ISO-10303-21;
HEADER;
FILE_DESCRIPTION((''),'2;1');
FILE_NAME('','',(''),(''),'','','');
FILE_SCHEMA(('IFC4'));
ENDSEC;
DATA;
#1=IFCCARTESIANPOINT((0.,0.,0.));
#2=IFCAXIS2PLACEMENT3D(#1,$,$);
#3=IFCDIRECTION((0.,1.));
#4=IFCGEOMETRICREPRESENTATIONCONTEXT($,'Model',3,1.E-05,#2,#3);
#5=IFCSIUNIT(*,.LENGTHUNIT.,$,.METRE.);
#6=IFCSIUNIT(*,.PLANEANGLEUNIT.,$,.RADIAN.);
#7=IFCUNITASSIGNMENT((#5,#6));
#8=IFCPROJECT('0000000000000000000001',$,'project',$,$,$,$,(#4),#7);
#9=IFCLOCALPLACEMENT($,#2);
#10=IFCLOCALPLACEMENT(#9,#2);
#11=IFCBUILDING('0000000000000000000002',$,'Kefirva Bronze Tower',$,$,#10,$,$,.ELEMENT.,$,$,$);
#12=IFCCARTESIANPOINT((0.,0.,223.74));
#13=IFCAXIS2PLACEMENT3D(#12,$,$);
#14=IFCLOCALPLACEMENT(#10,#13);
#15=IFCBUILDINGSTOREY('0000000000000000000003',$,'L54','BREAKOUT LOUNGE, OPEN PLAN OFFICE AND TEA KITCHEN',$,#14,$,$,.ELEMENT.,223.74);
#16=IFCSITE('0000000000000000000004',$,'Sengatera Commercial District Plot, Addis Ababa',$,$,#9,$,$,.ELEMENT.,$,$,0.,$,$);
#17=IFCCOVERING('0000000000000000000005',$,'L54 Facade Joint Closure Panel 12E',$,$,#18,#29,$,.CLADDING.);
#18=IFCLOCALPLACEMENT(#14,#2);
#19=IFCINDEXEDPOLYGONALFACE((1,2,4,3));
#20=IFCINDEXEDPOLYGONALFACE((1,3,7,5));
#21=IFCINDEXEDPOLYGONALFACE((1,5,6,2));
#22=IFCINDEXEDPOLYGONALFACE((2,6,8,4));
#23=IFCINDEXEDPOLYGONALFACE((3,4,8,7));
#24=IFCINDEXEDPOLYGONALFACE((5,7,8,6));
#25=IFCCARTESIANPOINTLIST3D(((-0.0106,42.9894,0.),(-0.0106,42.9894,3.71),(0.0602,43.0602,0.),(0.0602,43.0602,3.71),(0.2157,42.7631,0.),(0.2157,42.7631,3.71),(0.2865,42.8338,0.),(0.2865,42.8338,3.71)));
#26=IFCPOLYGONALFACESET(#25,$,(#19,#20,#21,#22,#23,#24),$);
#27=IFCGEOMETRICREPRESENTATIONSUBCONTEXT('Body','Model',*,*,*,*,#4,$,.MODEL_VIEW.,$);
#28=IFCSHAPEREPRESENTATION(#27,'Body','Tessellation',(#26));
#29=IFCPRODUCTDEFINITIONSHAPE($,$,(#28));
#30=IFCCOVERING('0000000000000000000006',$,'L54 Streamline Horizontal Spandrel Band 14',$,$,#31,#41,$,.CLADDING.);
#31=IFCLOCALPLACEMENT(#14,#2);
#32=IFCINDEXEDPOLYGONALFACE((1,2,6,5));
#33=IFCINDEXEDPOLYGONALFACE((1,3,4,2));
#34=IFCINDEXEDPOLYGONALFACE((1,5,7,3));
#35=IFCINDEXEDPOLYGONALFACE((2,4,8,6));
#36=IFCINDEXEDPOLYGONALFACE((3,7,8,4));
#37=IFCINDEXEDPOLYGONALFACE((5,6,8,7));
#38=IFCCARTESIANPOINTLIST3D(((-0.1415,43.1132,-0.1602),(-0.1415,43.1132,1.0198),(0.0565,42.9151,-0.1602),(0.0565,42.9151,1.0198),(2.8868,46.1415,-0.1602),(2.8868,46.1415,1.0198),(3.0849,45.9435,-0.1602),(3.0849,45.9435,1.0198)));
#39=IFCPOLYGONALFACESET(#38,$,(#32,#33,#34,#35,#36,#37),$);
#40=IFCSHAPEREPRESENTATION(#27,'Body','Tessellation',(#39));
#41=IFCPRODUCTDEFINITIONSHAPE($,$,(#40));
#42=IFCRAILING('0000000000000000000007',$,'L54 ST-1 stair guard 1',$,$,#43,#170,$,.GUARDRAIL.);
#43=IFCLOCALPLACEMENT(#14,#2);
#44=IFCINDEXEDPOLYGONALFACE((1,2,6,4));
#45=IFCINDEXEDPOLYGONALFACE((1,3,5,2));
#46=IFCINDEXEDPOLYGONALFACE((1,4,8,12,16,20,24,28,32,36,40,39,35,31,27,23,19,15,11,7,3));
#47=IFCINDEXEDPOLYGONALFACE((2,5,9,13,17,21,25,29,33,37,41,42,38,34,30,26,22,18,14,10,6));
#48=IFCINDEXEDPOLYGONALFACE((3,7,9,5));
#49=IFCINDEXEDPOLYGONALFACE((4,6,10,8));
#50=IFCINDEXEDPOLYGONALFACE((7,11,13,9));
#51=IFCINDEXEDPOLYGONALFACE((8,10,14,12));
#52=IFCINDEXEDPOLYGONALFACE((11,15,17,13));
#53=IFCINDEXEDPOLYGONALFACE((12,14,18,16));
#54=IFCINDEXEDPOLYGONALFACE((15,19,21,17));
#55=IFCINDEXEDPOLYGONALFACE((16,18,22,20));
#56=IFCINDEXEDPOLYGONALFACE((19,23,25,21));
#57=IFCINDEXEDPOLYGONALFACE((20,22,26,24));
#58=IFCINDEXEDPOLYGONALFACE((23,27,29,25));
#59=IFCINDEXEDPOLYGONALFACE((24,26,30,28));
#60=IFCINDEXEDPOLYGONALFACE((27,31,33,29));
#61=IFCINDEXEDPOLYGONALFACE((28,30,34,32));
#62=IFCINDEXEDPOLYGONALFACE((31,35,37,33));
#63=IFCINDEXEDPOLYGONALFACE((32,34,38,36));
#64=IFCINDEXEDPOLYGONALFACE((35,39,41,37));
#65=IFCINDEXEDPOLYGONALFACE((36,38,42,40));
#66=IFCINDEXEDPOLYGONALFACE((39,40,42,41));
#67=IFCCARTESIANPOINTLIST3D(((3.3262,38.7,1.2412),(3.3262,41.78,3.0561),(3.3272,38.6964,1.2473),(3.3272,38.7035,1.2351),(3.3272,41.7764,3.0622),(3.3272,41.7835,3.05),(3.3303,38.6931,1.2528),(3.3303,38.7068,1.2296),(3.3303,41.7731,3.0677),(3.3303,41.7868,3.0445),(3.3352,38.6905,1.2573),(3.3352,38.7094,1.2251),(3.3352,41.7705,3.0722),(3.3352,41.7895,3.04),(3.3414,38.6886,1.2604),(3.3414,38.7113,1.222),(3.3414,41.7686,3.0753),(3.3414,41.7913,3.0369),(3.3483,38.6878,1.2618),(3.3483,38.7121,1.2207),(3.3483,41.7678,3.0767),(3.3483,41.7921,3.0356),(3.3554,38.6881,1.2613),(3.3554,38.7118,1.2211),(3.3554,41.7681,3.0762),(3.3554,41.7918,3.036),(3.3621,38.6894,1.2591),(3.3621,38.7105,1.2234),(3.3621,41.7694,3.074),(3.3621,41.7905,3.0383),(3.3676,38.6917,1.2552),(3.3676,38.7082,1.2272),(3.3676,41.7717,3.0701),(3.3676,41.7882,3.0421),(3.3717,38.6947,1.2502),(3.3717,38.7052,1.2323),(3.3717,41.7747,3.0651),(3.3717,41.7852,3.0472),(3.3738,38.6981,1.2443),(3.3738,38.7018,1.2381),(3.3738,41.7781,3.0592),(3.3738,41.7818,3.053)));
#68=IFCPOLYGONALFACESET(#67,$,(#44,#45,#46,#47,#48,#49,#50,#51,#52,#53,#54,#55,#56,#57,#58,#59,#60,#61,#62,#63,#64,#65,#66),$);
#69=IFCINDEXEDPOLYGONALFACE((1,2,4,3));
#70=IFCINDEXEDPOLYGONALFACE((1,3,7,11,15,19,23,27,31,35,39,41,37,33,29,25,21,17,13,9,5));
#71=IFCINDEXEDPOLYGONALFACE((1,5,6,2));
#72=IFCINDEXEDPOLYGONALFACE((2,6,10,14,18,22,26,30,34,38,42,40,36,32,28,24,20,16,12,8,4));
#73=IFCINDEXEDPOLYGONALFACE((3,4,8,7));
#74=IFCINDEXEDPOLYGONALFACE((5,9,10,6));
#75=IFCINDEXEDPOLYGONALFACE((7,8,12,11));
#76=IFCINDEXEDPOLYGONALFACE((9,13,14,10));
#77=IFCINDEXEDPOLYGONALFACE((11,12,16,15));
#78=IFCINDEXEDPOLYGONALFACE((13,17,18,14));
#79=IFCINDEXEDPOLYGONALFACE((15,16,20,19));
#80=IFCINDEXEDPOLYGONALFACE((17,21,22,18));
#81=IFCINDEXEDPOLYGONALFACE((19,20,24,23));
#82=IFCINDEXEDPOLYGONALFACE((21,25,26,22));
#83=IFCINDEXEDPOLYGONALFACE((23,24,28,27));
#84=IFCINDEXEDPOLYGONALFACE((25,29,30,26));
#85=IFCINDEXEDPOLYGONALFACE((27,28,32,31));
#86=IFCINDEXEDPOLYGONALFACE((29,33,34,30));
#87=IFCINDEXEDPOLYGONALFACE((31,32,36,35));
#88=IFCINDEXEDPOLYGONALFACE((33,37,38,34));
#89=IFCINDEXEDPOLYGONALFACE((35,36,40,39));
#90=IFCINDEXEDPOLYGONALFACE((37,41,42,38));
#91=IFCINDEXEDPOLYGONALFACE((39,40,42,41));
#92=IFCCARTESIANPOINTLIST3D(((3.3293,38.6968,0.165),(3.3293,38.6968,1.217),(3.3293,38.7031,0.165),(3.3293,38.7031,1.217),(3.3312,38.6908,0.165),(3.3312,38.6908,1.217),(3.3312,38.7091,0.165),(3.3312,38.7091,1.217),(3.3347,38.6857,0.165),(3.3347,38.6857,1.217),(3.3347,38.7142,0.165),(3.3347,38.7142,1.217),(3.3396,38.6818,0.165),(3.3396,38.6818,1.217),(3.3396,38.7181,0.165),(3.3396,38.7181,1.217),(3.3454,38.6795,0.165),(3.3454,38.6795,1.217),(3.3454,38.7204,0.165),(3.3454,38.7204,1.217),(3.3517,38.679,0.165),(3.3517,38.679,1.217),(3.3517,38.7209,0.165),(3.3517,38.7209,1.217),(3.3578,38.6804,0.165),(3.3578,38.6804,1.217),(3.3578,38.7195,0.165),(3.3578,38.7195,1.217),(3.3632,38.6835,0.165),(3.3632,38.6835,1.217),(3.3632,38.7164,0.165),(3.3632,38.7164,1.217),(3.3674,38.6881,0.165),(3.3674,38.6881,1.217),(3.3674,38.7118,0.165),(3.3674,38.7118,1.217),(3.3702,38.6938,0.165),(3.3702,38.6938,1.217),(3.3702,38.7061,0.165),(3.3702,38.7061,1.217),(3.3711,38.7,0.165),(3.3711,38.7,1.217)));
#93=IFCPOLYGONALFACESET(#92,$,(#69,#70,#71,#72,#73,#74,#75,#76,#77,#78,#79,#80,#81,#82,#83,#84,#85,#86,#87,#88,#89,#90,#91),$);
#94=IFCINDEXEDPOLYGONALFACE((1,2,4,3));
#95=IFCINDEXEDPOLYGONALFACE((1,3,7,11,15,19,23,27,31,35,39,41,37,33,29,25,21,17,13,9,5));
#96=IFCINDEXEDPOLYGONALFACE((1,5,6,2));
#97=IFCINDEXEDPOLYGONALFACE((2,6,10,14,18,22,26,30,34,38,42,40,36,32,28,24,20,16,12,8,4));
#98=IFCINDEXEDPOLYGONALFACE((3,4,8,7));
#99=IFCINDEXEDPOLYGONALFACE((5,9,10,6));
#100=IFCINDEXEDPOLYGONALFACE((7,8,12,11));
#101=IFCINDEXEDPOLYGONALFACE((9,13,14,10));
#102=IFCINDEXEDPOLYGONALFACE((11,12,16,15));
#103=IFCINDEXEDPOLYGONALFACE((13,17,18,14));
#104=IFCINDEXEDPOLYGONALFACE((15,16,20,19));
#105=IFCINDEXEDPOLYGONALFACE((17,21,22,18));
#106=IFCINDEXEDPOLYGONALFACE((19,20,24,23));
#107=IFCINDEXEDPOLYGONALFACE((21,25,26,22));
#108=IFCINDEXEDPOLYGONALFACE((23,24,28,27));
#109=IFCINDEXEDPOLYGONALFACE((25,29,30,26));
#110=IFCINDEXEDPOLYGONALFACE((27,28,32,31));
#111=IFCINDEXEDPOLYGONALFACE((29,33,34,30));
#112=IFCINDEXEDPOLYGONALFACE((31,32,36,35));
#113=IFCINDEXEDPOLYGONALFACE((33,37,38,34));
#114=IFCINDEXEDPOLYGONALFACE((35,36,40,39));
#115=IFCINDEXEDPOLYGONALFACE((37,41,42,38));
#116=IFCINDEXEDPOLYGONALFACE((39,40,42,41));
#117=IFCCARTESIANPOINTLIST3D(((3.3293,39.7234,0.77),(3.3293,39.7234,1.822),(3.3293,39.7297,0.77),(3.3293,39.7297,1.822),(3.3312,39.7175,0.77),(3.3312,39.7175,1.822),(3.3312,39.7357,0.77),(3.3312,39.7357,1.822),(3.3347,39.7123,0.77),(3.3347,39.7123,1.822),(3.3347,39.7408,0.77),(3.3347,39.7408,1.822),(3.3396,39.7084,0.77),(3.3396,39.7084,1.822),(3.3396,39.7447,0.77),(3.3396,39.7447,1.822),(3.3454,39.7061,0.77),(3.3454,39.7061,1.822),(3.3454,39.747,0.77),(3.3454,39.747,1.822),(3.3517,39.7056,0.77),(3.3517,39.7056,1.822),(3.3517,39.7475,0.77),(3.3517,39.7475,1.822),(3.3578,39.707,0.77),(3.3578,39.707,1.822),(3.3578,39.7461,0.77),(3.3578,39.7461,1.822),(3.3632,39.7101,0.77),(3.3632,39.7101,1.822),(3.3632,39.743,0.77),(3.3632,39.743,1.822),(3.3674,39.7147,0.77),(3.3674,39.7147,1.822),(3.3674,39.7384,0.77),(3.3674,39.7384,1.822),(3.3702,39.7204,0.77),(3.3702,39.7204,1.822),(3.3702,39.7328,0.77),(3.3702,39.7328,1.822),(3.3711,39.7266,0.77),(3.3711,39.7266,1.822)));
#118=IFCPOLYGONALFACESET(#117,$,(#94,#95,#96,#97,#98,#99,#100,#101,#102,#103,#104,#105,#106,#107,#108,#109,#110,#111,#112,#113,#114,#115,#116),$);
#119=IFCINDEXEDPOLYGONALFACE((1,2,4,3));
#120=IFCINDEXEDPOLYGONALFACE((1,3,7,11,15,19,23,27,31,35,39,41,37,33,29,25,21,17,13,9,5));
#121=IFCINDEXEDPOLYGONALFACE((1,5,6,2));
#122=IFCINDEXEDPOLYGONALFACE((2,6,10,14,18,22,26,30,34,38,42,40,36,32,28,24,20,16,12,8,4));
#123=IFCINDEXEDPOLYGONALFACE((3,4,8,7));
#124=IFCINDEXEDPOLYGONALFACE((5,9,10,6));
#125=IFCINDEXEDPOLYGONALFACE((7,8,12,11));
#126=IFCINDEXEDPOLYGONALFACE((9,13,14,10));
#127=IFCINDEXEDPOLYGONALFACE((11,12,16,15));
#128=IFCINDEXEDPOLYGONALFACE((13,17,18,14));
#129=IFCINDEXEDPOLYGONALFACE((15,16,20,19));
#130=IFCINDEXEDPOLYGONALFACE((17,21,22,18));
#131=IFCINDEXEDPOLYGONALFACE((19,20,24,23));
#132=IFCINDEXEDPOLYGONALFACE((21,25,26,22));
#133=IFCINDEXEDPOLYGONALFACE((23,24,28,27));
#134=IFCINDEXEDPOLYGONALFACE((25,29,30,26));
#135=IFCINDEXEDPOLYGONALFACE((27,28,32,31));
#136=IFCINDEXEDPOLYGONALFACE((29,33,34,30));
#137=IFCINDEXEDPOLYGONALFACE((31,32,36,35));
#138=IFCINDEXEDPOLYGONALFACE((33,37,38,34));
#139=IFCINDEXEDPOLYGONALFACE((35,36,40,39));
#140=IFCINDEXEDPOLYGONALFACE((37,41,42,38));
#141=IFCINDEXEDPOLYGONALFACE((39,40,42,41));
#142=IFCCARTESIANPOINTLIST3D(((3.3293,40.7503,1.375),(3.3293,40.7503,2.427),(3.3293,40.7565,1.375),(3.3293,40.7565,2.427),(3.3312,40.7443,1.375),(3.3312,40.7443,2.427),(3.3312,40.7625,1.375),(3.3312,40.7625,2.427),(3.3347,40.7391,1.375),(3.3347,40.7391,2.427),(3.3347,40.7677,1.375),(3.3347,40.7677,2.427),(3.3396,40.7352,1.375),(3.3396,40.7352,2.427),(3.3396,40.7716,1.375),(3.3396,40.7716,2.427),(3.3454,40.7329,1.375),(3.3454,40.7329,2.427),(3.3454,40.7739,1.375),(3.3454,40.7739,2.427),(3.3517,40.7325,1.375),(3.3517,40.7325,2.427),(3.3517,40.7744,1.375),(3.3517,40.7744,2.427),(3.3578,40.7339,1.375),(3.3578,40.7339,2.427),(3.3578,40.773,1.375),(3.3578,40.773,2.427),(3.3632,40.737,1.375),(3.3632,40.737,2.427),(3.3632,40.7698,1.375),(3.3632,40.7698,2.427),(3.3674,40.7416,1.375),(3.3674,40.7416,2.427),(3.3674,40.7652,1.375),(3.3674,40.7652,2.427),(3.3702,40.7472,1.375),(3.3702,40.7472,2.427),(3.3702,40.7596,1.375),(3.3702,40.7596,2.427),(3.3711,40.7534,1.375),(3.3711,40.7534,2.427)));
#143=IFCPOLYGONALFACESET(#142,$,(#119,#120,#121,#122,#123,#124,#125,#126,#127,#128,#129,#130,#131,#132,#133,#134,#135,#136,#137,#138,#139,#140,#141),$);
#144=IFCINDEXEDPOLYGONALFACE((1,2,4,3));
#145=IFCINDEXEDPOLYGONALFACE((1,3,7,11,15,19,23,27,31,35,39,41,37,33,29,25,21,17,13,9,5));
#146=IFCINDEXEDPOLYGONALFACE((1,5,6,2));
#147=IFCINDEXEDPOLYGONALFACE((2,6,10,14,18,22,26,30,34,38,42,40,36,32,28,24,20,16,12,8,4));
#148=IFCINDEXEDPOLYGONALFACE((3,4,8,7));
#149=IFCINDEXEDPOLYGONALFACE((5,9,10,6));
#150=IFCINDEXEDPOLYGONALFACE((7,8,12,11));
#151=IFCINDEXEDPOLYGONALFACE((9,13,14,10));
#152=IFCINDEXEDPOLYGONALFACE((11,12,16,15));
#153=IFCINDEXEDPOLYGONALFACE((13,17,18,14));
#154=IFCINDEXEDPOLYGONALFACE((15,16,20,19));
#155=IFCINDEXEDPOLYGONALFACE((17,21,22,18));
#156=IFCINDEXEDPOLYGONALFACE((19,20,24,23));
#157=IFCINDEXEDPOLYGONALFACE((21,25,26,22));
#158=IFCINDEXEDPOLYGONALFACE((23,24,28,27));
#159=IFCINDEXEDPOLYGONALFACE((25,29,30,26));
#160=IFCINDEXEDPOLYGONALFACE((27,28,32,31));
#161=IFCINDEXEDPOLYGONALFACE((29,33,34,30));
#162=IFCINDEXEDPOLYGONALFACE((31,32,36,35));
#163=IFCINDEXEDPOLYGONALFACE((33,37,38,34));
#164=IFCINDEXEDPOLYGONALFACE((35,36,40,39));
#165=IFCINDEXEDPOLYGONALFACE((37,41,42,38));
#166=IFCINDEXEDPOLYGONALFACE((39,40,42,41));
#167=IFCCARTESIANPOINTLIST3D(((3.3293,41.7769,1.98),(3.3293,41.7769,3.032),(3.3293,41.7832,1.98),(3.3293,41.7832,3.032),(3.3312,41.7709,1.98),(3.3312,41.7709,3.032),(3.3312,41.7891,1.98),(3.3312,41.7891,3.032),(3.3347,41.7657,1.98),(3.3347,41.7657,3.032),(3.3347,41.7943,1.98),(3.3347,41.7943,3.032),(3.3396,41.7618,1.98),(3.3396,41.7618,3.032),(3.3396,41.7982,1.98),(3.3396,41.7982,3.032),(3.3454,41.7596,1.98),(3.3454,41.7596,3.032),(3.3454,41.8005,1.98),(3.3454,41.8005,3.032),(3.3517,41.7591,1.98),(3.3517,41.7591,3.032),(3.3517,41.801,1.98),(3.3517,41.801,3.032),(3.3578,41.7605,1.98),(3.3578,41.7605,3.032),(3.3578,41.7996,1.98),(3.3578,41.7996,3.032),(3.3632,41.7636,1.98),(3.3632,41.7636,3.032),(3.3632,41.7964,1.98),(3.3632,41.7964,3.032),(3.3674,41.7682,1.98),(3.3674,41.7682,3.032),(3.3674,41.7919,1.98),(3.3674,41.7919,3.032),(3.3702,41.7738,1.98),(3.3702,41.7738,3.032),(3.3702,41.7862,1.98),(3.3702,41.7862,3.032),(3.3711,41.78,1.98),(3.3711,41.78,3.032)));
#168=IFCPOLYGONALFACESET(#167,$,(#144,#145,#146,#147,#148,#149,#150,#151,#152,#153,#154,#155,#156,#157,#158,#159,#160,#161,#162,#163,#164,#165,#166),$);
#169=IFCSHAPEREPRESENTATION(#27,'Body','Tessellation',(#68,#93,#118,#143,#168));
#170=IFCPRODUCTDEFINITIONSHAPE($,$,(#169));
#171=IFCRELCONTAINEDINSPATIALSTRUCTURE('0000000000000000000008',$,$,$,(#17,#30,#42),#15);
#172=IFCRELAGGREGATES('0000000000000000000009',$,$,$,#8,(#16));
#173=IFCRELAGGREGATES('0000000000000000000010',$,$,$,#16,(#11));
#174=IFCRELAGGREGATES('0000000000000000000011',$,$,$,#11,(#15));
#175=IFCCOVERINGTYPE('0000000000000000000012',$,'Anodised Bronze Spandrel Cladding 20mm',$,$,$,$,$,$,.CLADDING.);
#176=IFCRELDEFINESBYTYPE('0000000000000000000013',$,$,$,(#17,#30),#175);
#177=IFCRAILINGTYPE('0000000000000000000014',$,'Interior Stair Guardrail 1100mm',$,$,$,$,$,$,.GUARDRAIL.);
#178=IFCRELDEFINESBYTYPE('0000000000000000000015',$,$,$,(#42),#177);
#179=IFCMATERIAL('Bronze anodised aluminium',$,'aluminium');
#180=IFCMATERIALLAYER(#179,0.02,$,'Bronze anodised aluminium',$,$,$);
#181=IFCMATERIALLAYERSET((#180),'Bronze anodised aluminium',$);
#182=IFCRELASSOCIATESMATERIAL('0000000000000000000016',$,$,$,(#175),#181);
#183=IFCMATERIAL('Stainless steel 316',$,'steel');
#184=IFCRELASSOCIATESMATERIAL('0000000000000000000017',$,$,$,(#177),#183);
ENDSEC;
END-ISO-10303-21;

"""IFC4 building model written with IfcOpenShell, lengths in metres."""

from ifc_helpers import new_model, si_unit, direction, frame, origin, origin_2d, place, context, subcontext, project, spatial, rectangle, circle, extrude, material, layer, layer_set, type_object, element, save


model = new_model("IFC4")

# Units and contexts
model_context = context("Model", 3, precision=1e-05, world=origin(), true_north=direction((0.0, 1.0)))
body_context = subcontext(model_context, "Body", "Model", "MODEL_VIEW")
ifc_project = project(units=[si_unit("LENGTHUNIT", "METRE"), si_unit("PLANEANGLEUNIT", "RADIAN")], contexts=[model_context])

# Site, building, storey
site_placement = place(None, origin())
site = spatial("IfcSite", under=ifc_project, at=site_placement, Name="Sengatera Commercial District Plot, Addis Ababa", CompositionType="ELEMENT", RefElevation=0.0)
building_placement = place(site_placement, origin())
building = spatial("IfcBuilding", under=site, at=building_placement, Name="Kefirva Bronze Tower", CompositionType="ELEMENT")
storey_placement = place(building_placement, frame((0.0, 0.0, 223.74)))
storey = spatial("IfcBuildingStorey", under=building, at=storey_placement, Name="L54", Description="BREAKOUT LOUNGE, OPEN PLAN OFFICE AND TEA KITCHEN", CompositionType="ELEMENT", Elevation=223.74)

# Coverings
ifc_material_1 = material(Name="Bronze anodised aluminium", Category="aluminium")
ifc_layer_1 = layer(ifc_material_1, 0.02, Name="Bronze anodised aluminium")
ifc_layer_set_1 = layer_set([ifc_layer_1], Name="Bronze anodised aluminium")
covering_type_1 = type_object("IfcCoveringType", Name="Anodised Bronze Spandrel Cladding 20mm", PredefinedType="CLADDING", material=ifc_layer_set_1)
for number, where, z_axis, x_axis, name in (
    (1, (0.1379, 42.9116, 0.0), (0.0, 0.0, 1.0), (-0.707107, -0.707107, 0.0), "L54 Facade Joint Closure Panel 12E"),
):
    element("IfcCovering", number, at=place(storey_placement, frame(where, z_axis=z_axis, x_axis=x_axis)), inside=storey, type_object=covering_type_1, Name=name, PredefinedType="CLADDING", context=body_context, shape_type="SweptSolid", body=[
        extrude(rectangle(XDim=0.1001, YDim=0.3201, at=origin_2d()), origin(), (0.0, 0.0, 1.0), 3.71),
    ])
covering_1_placement = place(storey_placement, frame((1.4717, 44.5283, -0.1602), z_axis=(0.0, 0.0, 1.0), x_axis=(-0.707107, -0.707107, 0.0)))
element("IfcCovering", 2, at=covering_1_placement, inside=storey, type_object=covering_type_1, Name="L54 Streamline Horizontal Spandrel Band 14", PredefinedType="CLADDING", context=body_context, shape_type="SweptSolid", body=[
    extrude(rectangle(XDim=4.2827, YDim=0.28, at=origin_2d()), origin(), (0.0, 0.0, 1.0), 1.1799),
])

# Railing
ifc_material_2 = material(Name="Stainless steel 316", Category="steel")
railing_type_1 = type_object("IfcRailingType", Name="Interior Stair Guardrail 1100mm", PredefinedType="GUARDRAIL", material=ifc_material_2)
railing_1_placement = place(storey_placement, frame((3.3501, 38.7, 0.165)))
element("IfcRailing", 3, at=railing_1_placement, inside=storey, type_object=railing_type_1, Name="L54 ST-1 stair guard 1", PredefinedType="GUARDRAIL", context=body_context, shape_type="SweptSolid", body=[
    extrude(circle(Radius=0.0239, at=origin_2d()), frame((0.0, 0.0, 1.0762), z_axis=(0.0, 0.861551, 0.507671), x_axis=(-1.0, 0.0, 0.0)), (0.0, 0.0, 1.0), 3.575),
    extrude(circle(Radius=0.021, at=origin_2d()), origin(), (0.0, 0.0, 1.0), 1.052),
    extrude(circle(Radius=0.021, at=origin_2d()), frame((0.0, 1.0266, 0.605)), (0.0, 0.0, 1.0), 1.052),
    extrude(circle(Radius=0.021, at=origin_2d()), frame((0.0, 2.0535, 1.21)), (0.0, 0.0, 1.0), 1.052),
    extrude(circle(Radius=0.021, at=origin_2d()), frame((0.0, 3.0801, 1.8149)), (0.0, 0.0, 1.0), 1.052),
])

save(model, "model.ifc")
